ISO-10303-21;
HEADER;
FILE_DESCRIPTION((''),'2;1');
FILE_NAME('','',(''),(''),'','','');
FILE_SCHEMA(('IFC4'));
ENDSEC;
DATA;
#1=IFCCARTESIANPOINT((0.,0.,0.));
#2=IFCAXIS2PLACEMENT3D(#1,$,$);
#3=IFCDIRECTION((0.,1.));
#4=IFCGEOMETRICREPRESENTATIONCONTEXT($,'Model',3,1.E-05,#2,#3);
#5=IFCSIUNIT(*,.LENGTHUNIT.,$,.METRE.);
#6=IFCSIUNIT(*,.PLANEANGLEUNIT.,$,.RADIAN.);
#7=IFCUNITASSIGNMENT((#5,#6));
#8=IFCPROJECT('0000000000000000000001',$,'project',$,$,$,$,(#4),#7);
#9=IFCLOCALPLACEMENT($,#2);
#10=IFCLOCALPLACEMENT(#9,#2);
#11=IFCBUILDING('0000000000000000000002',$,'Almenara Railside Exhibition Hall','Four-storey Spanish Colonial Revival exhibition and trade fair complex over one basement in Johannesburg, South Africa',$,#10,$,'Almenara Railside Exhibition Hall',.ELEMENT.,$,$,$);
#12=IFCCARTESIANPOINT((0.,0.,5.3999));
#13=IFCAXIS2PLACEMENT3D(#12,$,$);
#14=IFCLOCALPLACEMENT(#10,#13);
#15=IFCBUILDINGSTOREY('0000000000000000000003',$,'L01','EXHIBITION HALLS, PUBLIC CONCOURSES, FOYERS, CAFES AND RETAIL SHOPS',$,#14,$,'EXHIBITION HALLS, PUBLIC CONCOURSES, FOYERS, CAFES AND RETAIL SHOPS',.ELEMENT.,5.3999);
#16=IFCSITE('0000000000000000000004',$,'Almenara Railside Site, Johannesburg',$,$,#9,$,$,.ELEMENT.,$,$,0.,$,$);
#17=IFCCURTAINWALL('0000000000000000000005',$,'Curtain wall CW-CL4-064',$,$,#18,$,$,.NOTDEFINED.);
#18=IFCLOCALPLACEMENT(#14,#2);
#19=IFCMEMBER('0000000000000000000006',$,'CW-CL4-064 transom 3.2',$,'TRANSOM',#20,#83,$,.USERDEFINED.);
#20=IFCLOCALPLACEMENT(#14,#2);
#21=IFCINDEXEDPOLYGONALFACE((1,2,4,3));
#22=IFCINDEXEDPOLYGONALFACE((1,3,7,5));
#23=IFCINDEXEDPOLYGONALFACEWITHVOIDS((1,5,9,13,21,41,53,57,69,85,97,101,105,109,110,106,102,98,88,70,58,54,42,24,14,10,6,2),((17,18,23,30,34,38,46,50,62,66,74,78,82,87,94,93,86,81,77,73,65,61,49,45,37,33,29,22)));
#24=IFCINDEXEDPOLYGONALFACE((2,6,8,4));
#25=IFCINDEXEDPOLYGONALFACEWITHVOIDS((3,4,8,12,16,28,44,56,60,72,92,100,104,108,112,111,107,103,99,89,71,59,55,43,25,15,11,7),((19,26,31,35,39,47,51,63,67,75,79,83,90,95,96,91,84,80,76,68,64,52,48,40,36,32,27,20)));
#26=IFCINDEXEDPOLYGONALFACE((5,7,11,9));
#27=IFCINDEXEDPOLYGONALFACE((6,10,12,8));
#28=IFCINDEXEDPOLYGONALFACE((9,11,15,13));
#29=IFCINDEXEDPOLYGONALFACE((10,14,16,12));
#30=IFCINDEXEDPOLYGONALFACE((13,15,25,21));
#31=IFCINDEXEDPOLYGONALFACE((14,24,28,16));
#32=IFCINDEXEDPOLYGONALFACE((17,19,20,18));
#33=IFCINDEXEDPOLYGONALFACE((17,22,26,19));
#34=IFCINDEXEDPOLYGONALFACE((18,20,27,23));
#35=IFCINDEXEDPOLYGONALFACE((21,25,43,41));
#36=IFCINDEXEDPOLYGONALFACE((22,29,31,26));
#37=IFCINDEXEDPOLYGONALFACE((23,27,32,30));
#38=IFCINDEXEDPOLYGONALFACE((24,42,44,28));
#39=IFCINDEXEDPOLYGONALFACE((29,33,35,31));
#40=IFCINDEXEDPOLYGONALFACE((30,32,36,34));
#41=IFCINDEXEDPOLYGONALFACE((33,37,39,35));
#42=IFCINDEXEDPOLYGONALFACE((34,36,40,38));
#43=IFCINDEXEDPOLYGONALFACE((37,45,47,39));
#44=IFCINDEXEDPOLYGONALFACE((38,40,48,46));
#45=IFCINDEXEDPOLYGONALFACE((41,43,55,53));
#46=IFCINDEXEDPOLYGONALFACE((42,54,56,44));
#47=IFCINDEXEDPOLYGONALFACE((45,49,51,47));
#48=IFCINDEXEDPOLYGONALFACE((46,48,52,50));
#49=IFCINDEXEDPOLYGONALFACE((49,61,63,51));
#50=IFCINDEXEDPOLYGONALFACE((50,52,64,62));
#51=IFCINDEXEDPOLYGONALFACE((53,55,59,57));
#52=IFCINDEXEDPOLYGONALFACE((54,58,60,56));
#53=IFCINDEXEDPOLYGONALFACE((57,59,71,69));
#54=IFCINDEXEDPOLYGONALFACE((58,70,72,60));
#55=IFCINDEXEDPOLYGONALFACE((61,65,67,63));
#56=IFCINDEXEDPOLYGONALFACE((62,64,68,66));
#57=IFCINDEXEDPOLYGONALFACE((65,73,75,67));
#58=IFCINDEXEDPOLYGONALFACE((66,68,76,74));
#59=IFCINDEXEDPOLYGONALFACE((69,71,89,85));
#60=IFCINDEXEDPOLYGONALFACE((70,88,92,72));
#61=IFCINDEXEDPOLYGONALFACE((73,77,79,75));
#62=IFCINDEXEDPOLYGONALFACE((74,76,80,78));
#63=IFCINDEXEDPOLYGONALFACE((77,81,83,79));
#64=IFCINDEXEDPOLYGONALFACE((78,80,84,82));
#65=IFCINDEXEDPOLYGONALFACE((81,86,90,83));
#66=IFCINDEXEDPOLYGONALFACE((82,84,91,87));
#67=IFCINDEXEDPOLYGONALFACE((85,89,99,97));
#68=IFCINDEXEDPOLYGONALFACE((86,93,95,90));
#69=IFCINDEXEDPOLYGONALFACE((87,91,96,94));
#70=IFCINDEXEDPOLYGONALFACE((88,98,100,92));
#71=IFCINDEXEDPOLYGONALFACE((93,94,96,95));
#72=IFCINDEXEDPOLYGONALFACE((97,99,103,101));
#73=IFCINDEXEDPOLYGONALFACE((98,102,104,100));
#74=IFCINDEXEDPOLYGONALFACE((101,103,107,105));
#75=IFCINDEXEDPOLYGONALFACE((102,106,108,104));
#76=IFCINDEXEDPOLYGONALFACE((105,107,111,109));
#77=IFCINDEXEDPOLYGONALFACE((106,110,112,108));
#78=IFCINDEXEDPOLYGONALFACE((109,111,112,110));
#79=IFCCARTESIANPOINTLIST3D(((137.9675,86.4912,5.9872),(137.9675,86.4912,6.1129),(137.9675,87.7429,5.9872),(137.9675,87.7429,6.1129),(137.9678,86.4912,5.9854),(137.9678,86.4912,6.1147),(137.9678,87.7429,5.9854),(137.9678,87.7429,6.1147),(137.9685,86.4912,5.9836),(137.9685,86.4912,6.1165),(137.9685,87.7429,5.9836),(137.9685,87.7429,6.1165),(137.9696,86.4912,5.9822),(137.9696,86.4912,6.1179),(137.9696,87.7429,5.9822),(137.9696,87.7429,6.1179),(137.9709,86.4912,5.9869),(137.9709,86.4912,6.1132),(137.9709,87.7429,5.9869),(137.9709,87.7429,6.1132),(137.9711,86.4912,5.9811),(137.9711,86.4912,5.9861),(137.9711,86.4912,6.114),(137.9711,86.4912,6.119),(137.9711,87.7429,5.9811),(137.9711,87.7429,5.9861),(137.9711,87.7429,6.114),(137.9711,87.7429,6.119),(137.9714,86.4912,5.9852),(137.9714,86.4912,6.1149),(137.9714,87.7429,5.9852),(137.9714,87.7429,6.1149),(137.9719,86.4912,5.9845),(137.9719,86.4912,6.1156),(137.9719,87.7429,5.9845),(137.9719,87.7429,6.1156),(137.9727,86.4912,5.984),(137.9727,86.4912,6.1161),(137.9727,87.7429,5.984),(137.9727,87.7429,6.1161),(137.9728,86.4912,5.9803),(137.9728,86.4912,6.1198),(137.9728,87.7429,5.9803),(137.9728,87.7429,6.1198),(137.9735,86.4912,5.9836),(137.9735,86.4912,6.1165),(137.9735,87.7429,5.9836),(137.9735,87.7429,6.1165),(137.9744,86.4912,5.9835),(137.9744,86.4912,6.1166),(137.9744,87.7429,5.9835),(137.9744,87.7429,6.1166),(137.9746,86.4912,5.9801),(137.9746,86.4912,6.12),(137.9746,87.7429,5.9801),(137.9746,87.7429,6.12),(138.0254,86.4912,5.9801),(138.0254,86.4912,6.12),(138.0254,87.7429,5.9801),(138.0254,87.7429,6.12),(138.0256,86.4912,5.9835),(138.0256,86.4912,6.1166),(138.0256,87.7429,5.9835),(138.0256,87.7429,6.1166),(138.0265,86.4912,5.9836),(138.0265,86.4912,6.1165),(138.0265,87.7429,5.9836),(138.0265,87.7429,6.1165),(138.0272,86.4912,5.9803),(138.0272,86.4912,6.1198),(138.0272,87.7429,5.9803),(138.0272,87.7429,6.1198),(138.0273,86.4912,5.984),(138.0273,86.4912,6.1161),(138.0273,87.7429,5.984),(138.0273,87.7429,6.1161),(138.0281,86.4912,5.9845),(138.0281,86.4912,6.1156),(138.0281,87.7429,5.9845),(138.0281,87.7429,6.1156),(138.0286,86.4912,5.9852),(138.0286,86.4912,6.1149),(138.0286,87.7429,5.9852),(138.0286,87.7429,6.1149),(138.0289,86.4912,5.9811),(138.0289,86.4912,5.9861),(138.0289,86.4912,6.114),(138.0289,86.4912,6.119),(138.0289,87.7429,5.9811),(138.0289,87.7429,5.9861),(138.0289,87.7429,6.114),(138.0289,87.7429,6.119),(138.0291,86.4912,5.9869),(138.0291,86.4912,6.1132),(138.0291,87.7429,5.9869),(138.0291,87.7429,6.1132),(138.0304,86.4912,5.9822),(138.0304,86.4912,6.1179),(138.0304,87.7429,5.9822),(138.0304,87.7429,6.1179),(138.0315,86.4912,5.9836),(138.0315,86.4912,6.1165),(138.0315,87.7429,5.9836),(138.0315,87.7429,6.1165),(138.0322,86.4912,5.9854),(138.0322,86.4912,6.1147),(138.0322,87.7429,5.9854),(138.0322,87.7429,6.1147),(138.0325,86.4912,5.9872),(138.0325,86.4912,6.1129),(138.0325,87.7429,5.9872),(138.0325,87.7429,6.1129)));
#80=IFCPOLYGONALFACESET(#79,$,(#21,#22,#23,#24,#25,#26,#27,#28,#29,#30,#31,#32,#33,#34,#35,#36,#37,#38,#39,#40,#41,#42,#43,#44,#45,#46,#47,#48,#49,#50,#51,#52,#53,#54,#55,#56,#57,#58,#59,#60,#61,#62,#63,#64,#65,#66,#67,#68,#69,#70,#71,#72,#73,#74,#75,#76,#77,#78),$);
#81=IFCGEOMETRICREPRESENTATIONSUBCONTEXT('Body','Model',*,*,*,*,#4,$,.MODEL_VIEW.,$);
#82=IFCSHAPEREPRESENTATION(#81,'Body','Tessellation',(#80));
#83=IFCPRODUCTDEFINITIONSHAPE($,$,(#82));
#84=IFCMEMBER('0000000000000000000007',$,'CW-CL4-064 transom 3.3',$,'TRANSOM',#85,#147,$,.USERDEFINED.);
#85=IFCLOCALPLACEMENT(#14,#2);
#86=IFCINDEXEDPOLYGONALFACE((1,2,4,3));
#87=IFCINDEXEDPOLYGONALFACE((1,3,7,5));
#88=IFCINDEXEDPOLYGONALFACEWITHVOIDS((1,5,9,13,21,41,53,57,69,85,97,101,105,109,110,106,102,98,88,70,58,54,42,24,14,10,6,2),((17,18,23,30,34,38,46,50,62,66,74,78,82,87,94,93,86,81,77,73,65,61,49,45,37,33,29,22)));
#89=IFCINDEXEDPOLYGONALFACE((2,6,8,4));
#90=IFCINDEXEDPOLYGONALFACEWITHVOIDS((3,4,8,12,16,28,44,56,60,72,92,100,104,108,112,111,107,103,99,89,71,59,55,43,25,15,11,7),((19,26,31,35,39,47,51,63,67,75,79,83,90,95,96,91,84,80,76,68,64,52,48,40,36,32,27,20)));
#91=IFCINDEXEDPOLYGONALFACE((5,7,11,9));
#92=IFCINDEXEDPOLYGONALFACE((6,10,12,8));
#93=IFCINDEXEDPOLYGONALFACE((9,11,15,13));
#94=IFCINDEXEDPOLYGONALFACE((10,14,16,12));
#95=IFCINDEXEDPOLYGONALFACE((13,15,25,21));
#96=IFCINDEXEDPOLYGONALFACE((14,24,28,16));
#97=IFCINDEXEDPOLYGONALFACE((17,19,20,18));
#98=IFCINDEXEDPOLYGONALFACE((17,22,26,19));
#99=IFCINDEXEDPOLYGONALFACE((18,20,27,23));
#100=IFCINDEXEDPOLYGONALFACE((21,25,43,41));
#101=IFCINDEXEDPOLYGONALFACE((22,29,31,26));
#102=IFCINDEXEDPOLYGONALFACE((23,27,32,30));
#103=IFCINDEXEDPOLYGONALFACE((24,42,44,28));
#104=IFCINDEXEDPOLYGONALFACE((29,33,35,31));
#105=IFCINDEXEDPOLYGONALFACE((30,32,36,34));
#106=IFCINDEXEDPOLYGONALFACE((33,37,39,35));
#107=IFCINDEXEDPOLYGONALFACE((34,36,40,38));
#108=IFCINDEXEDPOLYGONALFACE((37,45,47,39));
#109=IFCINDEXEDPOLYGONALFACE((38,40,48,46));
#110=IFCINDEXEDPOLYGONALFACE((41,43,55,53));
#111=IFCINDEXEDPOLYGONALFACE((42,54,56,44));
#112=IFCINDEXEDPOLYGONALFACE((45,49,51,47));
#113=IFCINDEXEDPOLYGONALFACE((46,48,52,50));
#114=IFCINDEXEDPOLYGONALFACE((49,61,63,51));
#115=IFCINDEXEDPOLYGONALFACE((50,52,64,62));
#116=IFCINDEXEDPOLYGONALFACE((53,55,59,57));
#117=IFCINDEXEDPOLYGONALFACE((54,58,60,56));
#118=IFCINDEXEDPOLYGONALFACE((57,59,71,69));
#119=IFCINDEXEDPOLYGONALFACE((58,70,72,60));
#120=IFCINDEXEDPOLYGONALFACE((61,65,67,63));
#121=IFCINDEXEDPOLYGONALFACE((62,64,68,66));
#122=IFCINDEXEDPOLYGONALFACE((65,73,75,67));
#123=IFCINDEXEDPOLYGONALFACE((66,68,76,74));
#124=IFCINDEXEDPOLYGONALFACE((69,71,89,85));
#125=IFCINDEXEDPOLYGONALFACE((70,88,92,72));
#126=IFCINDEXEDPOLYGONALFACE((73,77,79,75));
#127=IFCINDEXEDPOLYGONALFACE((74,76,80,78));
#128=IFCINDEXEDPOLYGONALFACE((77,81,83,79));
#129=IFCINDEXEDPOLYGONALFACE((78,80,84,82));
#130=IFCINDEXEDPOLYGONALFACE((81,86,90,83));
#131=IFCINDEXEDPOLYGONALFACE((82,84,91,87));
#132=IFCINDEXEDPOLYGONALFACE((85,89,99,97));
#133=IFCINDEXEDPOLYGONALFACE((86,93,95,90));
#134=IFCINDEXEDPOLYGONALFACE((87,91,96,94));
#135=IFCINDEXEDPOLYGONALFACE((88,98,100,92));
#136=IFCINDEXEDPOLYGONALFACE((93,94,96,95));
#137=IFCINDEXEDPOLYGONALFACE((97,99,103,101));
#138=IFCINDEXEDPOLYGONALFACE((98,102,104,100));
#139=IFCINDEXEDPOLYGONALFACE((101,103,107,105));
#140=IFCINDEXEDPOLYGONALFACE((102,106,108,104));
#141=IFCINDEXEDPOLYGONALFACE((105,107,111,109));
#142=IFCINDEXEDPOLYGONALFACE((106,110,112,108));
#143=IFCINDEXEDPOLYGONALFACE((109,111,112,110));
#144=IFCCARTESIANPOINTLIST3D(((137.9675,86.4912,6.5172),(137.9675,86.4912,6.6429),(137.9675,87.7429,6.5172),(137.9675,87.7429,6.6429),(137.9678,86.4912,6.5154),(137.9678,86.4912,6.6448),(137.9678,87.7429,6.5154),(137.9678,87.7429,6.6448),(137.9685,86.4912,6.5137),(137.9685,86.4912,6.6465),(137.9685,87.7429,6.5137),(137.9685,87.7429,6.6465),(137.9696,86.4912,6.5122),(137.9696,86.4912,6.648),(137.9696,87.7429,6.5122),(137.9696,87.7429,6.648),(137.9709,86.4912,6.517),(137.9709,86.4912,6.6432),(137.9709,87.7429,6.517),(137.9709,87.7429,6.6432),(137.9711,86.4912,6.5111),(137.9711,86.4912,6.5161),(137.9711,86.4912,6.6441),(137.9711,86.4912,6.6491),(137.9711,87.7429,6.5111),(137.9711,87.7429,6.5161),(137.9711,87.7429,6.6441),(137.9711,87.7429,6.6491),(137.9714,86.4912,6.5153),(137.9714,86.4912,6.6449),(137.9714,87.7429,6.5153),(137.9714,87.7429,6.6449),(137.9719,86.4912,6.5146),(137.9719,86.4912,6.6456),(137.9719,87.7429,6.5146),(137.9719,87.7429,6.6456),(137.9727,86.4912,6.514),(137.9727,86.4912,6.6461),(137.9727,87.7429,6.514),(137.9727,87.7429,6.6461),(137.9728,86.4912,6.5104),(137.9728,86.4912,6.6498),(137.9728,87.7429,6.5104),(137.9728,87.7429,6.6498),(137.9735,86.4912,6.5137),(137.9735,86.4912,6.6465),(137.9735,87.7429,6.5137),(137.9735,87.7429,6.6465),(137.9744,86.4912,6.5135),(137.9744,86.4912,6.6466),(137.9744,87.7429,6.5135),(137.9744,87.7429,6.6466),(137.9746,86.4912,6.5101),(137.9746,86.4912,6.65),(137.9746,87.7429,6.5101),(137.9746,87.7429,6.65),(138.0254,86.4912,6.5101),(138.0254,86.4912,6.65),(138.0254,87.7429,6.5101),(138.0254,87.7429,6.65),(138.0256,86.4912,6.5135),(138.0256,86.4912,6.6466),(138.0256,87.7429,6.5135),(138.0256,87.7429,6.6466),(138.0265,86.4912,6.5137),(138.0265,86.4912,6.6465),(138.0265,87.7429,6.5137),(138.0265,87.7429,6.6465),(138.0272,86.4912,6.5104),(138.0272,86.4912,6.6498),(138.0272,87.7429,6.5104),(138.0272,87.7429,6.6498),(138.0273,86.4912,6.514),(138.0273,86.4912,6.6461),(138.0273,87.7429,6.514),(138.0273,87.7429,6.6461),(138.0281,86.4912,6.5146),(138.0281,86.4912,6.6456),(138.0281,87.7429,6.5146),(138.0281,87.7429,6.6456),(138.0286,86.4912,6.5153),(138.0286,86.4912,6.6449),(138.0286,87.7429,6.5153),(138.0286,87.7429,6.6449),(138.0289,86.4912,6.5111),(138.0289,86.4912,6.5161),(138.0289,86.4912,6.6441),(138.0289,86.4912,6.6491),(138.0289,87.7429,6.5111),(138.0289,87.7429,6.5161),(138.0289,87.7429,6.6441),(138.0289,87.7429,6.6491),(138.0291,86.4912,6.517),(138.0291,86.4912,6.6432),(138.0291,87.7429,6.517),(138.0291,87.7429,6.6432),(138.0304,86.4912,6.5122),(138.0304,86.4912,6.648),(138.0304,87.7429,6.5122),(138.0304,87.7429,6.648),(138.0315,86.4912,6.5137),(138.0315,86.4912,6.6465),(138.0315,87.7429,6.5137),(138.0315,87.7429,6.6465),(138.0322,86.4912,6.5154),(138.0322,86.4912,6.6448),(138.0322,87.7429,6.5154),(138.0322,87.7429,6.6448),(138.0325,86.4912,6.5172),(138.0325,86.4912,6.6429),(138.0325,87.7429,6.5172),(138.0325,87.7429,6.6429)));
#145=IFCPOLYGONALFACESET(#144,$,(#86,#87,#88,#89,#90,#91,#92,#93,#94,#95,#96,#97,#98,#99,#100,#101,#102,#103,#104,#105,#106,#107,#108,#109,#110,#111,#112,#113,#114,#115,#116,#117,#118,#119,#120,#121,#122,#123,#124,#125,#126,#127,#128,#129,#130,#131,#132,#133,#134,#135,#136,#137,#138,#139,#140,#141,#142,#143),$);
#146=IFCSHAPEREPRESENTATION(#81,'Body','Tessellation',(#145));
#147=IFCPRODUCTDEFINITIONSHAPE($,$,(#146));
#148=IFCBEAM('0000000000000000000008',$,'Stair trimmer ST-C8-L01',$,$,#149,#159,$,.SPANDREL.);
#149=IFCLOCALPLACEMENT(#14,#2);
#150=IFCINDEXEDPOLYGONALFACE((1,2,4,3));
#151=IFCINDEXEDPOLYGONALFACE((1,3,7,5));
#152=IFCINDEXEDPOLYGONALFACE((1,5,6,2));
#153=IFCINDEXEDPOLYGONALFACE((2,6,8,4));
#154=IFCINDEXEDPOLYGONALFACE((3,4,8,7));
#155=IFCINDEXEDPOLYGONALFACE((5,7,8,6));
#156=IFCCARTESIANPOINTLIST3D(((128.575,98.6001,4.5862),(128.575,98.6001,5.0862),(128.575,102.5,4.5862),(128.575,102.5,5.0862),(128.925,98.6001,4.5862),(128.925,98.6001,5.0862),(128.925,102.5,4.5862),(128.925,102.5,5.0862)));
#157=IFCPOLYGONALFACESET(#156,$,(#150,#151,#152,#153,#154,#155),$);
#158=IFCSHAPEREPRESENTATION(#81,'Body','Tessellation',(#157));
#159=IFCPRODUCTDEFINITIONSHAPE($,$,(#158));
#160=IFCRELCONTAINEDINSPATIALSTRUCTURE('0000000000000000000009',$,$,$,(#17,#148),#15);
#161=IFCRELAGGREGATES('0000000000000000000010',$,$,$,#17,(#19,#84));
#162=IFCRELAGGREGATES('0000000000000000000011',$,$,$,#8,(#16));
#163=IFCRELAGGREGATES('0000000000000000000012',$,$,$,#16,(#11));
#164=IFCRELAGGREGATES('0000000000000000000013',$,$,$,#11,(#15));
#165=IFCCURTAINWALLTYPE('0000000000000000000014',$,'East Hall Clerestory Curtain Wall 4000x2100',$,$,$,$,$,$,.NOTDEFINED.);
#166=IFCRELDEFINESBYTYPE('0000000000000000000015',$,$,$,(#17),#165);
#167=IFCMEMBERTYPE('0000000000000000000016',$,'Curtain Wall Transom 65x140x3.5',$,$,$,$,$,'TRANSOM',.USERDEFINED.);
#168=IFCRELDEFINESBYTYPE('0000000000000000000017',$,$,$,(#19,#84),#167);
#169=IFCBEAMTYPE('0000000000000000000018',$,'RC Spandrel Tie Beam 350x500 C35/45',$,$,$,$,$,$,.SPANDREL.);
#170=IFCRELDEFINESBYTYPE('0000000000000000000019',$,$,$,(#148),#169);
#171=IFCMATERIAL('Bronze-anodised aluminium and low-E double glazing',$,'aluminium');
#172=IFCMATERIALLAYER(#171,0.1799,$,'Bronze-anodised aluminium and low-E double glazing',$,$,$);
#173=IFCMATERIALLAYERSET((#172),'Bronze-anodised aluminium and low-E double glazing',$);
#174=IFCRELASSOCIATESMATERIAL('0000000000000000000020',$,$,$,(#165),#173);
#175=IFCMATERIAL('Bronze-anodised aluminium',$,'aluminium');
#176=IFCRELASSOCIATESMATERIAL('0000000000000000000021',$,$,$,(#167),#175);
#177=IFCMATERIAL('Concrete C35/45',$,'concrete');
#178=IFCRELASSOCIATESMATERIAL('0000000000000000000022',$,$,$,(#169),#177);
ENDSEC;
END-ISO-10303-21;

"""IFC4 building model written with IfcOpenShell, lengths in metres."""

from ifc_helpers import new_model, si_unit, direction, frame, origin, origin_2d, place, context, subcontext, project, spatial, rectangle, hollow_rectangle, extrude, material, layer, layer_set, material_profile, profile_set, type_object, element, aggregate, save


model = new_model("IFC4")

# Units and contexts
model_context = context("Model", 3, precision=1e-05, world=origin(), true_north=direction((0.0, 1.0)))
body_context = subcontext(model_context, "Body", "Model", "MODEL_VIEW")
ifc_project = project(units=[si_unit("LENGTHUNIT", "METRE"), si_unit("PLANEANGLEUNIT", "RADIAN")], contexts=[model_context])

# Site, building, storey
site_placement = place(None, origin())
site = spatial("IfcSite", under=ifc_project, at=site_placement, Name="Almenara Railside Site, Johannesburg", CompositionType="ELEMENT", RefElevation=0.0)
building_placement = place(site_placement, origin())
building = spatial("IfcBuilding", under=site, at=building_placement, Name="Almenara Railside Exhibition Hall", Description="Four-storey Spanish Colonial Revival exhibition and trade fair complex over one basement in Johannesburg, South Africa", LongName="Almenara Railside Exhibition Hall", CompositionType="ELEMENT")
storey_placement = place(building_placement, frame((0.0, 0.0, 5.3999)))
storey = spatial("IfcBuildingStorey", under=building, at=storey_placement, Name="L01", Description="EXHIBITION HALLS, PUBLIC CONCOURSES, FOYERS, CAFES AND RETAIL SHOPS", LongName="EXHIBITION HALLS, PUBLIC CONCOURSES, FOYERS, CAFES AND RETAIL SHOPS", CompositionType="ELEMENT", Elevation=5.3999)

# Shared definitions
ifc_material_1 = material(Name="Concrete C35/45", Category="concrete")

# Curtain wall, members
ifc_material_2 = material(Name="Bronze-anodised aluminium and low-E double glazing", Category="aluminium")
ifc_layer_1 = layer(ifc_material_2, 0.1799, Name="Bronze-anodised aluminium and low-E double glazing")
ifc_layer_set_1 = layer_set([ifc_layer_1], Name="Bronze-anodised aluminium and low-E double glazing")
curtain_wall_type = type_object("IfcCurtainWallType", Name="East Hall Clerestory Curtain Wall 4000x2100", PredefinedType="NOTDEFINED", material=ifc_layer_set_1)
curtain_wall_placement = place(storey_placement, origin())
curtain_wall = element("IfcCurtainWall", 1, at=curtain_wall_placement, inside=storey, type_object=curtain_wall_type, Name="Curtain wall CW-CL4-064", PredefinedType="NOTDEFINED")
ifc_material_3 = material(Name="Bronze-anodised aluminium", Category="aluminium")
ifc_material_profile_1 = material_profile(ifc_material_3, hollow_rectangle(XDim=0.0649, YDim=0.1399, WallThickness=0.0034, InnerFilletRadius=0.0034, OuterFilletRadius=0.0071, at=origin_2d()), Name="ALU-TRN 65x140x3.5")
ifc_profile_set_1 = profile_set([ifc_material_profile_1], Name="Bronze-anodised aluminium")
member_type_1 = type_object("IfcMemberType", Name="Curtain Wall Transom 65x140x3.5", ElementType="TRANSOM", PredefinedType="USERDEFINED", material=ifc_profile_set_1)
member_1_placement = place(storey_placement, frame((138.0, 86.4912, 6.05), z_axis=(0.0, 1.0, 0.0), x_axis=(-1.0, 0.0, 0.0)))
member_1 = element("IfcMember", 2, at=member_1_placement, type_object=member_type_1, Name="CW-CL4-064 transom 3.2", ObjectType="TRANSOM", PredefinedType="USERDEFINED", context=body_context, shape_type="SweptSolid", body=[
    extrude(hollow_rectangle(XDim=0.0649, YDim=0.1399, WallThickness=0.0034, InnerFilletRadius=0.0034, OuterFilletRadius=0.0071, at=origin_2d()), origin(), (0.0, 0.0, 1.0), 1.2517),
])
member_2_placement = place(storey_placement, frame((138.0, 86.4912, 6.5801), z_axis=(0.0, 1.0, 0.0), x_axis=(-1.0, 0.0, 0.0)))
member_2 = element("IfcMember", 3, at=member_2_placement, type_object=member_type_1, Name="CW-CL4-064 transom 3.3", ObjectType="TRANSOM", PredefinedType="USERDEFINED", context=body_context, shape_type="SweptSolid", body=[
    extrude(hollow_rectangle(XDim=0.0649, YDim=0.1399, WallThickness=0.0034, InnerFilletRadius=0.0034, OuterFilletRadius=0.0071, at=origin_2d()), origin(), (0.0, 0.0, 1.0), 1.2517),
])

# Beam
ifc_material_profile_2 = material_profile(ifc_material_1, rectangle(XDim=0.3501, YDim=0.5, at=origin_2d()), Name="RC 350x500")
ifc_profile_set_2 = profile_set([ifc_material_profile_2], Name="Concrete C35/45")
beam_type_1 = type_object("IfcBeamType", Name="RC Spandrel Tie Beam 350x500 C35/45", PredefinedType="SPANDREL", material=ifc_profile_set_2)
beam_1_placement = place(storey_placement, frame((128.75, 98.6001, 4.8362), z_axis=(0.0, 1.0, 0.0), x_axis=(-1.0, 0.0, 0.0)))
element("IfcBeam", 4, at=beam_1_placement, inside=storey, type_object=beam_type_1, Name="Stair trimmer ST-C8-L01", PredefinedType="SPANDREL", context=body_context, shape_type="SweptSolid", body=[
    extrude(rectangle(XDim=0.3501, YDim=0.5, at=origin_2d()), origin(), (0.0, 0.0, 1.0), 3.8999),
])

aggregate(curtain_wall, [member_1, member_2])

save(model, "model.ifc")
